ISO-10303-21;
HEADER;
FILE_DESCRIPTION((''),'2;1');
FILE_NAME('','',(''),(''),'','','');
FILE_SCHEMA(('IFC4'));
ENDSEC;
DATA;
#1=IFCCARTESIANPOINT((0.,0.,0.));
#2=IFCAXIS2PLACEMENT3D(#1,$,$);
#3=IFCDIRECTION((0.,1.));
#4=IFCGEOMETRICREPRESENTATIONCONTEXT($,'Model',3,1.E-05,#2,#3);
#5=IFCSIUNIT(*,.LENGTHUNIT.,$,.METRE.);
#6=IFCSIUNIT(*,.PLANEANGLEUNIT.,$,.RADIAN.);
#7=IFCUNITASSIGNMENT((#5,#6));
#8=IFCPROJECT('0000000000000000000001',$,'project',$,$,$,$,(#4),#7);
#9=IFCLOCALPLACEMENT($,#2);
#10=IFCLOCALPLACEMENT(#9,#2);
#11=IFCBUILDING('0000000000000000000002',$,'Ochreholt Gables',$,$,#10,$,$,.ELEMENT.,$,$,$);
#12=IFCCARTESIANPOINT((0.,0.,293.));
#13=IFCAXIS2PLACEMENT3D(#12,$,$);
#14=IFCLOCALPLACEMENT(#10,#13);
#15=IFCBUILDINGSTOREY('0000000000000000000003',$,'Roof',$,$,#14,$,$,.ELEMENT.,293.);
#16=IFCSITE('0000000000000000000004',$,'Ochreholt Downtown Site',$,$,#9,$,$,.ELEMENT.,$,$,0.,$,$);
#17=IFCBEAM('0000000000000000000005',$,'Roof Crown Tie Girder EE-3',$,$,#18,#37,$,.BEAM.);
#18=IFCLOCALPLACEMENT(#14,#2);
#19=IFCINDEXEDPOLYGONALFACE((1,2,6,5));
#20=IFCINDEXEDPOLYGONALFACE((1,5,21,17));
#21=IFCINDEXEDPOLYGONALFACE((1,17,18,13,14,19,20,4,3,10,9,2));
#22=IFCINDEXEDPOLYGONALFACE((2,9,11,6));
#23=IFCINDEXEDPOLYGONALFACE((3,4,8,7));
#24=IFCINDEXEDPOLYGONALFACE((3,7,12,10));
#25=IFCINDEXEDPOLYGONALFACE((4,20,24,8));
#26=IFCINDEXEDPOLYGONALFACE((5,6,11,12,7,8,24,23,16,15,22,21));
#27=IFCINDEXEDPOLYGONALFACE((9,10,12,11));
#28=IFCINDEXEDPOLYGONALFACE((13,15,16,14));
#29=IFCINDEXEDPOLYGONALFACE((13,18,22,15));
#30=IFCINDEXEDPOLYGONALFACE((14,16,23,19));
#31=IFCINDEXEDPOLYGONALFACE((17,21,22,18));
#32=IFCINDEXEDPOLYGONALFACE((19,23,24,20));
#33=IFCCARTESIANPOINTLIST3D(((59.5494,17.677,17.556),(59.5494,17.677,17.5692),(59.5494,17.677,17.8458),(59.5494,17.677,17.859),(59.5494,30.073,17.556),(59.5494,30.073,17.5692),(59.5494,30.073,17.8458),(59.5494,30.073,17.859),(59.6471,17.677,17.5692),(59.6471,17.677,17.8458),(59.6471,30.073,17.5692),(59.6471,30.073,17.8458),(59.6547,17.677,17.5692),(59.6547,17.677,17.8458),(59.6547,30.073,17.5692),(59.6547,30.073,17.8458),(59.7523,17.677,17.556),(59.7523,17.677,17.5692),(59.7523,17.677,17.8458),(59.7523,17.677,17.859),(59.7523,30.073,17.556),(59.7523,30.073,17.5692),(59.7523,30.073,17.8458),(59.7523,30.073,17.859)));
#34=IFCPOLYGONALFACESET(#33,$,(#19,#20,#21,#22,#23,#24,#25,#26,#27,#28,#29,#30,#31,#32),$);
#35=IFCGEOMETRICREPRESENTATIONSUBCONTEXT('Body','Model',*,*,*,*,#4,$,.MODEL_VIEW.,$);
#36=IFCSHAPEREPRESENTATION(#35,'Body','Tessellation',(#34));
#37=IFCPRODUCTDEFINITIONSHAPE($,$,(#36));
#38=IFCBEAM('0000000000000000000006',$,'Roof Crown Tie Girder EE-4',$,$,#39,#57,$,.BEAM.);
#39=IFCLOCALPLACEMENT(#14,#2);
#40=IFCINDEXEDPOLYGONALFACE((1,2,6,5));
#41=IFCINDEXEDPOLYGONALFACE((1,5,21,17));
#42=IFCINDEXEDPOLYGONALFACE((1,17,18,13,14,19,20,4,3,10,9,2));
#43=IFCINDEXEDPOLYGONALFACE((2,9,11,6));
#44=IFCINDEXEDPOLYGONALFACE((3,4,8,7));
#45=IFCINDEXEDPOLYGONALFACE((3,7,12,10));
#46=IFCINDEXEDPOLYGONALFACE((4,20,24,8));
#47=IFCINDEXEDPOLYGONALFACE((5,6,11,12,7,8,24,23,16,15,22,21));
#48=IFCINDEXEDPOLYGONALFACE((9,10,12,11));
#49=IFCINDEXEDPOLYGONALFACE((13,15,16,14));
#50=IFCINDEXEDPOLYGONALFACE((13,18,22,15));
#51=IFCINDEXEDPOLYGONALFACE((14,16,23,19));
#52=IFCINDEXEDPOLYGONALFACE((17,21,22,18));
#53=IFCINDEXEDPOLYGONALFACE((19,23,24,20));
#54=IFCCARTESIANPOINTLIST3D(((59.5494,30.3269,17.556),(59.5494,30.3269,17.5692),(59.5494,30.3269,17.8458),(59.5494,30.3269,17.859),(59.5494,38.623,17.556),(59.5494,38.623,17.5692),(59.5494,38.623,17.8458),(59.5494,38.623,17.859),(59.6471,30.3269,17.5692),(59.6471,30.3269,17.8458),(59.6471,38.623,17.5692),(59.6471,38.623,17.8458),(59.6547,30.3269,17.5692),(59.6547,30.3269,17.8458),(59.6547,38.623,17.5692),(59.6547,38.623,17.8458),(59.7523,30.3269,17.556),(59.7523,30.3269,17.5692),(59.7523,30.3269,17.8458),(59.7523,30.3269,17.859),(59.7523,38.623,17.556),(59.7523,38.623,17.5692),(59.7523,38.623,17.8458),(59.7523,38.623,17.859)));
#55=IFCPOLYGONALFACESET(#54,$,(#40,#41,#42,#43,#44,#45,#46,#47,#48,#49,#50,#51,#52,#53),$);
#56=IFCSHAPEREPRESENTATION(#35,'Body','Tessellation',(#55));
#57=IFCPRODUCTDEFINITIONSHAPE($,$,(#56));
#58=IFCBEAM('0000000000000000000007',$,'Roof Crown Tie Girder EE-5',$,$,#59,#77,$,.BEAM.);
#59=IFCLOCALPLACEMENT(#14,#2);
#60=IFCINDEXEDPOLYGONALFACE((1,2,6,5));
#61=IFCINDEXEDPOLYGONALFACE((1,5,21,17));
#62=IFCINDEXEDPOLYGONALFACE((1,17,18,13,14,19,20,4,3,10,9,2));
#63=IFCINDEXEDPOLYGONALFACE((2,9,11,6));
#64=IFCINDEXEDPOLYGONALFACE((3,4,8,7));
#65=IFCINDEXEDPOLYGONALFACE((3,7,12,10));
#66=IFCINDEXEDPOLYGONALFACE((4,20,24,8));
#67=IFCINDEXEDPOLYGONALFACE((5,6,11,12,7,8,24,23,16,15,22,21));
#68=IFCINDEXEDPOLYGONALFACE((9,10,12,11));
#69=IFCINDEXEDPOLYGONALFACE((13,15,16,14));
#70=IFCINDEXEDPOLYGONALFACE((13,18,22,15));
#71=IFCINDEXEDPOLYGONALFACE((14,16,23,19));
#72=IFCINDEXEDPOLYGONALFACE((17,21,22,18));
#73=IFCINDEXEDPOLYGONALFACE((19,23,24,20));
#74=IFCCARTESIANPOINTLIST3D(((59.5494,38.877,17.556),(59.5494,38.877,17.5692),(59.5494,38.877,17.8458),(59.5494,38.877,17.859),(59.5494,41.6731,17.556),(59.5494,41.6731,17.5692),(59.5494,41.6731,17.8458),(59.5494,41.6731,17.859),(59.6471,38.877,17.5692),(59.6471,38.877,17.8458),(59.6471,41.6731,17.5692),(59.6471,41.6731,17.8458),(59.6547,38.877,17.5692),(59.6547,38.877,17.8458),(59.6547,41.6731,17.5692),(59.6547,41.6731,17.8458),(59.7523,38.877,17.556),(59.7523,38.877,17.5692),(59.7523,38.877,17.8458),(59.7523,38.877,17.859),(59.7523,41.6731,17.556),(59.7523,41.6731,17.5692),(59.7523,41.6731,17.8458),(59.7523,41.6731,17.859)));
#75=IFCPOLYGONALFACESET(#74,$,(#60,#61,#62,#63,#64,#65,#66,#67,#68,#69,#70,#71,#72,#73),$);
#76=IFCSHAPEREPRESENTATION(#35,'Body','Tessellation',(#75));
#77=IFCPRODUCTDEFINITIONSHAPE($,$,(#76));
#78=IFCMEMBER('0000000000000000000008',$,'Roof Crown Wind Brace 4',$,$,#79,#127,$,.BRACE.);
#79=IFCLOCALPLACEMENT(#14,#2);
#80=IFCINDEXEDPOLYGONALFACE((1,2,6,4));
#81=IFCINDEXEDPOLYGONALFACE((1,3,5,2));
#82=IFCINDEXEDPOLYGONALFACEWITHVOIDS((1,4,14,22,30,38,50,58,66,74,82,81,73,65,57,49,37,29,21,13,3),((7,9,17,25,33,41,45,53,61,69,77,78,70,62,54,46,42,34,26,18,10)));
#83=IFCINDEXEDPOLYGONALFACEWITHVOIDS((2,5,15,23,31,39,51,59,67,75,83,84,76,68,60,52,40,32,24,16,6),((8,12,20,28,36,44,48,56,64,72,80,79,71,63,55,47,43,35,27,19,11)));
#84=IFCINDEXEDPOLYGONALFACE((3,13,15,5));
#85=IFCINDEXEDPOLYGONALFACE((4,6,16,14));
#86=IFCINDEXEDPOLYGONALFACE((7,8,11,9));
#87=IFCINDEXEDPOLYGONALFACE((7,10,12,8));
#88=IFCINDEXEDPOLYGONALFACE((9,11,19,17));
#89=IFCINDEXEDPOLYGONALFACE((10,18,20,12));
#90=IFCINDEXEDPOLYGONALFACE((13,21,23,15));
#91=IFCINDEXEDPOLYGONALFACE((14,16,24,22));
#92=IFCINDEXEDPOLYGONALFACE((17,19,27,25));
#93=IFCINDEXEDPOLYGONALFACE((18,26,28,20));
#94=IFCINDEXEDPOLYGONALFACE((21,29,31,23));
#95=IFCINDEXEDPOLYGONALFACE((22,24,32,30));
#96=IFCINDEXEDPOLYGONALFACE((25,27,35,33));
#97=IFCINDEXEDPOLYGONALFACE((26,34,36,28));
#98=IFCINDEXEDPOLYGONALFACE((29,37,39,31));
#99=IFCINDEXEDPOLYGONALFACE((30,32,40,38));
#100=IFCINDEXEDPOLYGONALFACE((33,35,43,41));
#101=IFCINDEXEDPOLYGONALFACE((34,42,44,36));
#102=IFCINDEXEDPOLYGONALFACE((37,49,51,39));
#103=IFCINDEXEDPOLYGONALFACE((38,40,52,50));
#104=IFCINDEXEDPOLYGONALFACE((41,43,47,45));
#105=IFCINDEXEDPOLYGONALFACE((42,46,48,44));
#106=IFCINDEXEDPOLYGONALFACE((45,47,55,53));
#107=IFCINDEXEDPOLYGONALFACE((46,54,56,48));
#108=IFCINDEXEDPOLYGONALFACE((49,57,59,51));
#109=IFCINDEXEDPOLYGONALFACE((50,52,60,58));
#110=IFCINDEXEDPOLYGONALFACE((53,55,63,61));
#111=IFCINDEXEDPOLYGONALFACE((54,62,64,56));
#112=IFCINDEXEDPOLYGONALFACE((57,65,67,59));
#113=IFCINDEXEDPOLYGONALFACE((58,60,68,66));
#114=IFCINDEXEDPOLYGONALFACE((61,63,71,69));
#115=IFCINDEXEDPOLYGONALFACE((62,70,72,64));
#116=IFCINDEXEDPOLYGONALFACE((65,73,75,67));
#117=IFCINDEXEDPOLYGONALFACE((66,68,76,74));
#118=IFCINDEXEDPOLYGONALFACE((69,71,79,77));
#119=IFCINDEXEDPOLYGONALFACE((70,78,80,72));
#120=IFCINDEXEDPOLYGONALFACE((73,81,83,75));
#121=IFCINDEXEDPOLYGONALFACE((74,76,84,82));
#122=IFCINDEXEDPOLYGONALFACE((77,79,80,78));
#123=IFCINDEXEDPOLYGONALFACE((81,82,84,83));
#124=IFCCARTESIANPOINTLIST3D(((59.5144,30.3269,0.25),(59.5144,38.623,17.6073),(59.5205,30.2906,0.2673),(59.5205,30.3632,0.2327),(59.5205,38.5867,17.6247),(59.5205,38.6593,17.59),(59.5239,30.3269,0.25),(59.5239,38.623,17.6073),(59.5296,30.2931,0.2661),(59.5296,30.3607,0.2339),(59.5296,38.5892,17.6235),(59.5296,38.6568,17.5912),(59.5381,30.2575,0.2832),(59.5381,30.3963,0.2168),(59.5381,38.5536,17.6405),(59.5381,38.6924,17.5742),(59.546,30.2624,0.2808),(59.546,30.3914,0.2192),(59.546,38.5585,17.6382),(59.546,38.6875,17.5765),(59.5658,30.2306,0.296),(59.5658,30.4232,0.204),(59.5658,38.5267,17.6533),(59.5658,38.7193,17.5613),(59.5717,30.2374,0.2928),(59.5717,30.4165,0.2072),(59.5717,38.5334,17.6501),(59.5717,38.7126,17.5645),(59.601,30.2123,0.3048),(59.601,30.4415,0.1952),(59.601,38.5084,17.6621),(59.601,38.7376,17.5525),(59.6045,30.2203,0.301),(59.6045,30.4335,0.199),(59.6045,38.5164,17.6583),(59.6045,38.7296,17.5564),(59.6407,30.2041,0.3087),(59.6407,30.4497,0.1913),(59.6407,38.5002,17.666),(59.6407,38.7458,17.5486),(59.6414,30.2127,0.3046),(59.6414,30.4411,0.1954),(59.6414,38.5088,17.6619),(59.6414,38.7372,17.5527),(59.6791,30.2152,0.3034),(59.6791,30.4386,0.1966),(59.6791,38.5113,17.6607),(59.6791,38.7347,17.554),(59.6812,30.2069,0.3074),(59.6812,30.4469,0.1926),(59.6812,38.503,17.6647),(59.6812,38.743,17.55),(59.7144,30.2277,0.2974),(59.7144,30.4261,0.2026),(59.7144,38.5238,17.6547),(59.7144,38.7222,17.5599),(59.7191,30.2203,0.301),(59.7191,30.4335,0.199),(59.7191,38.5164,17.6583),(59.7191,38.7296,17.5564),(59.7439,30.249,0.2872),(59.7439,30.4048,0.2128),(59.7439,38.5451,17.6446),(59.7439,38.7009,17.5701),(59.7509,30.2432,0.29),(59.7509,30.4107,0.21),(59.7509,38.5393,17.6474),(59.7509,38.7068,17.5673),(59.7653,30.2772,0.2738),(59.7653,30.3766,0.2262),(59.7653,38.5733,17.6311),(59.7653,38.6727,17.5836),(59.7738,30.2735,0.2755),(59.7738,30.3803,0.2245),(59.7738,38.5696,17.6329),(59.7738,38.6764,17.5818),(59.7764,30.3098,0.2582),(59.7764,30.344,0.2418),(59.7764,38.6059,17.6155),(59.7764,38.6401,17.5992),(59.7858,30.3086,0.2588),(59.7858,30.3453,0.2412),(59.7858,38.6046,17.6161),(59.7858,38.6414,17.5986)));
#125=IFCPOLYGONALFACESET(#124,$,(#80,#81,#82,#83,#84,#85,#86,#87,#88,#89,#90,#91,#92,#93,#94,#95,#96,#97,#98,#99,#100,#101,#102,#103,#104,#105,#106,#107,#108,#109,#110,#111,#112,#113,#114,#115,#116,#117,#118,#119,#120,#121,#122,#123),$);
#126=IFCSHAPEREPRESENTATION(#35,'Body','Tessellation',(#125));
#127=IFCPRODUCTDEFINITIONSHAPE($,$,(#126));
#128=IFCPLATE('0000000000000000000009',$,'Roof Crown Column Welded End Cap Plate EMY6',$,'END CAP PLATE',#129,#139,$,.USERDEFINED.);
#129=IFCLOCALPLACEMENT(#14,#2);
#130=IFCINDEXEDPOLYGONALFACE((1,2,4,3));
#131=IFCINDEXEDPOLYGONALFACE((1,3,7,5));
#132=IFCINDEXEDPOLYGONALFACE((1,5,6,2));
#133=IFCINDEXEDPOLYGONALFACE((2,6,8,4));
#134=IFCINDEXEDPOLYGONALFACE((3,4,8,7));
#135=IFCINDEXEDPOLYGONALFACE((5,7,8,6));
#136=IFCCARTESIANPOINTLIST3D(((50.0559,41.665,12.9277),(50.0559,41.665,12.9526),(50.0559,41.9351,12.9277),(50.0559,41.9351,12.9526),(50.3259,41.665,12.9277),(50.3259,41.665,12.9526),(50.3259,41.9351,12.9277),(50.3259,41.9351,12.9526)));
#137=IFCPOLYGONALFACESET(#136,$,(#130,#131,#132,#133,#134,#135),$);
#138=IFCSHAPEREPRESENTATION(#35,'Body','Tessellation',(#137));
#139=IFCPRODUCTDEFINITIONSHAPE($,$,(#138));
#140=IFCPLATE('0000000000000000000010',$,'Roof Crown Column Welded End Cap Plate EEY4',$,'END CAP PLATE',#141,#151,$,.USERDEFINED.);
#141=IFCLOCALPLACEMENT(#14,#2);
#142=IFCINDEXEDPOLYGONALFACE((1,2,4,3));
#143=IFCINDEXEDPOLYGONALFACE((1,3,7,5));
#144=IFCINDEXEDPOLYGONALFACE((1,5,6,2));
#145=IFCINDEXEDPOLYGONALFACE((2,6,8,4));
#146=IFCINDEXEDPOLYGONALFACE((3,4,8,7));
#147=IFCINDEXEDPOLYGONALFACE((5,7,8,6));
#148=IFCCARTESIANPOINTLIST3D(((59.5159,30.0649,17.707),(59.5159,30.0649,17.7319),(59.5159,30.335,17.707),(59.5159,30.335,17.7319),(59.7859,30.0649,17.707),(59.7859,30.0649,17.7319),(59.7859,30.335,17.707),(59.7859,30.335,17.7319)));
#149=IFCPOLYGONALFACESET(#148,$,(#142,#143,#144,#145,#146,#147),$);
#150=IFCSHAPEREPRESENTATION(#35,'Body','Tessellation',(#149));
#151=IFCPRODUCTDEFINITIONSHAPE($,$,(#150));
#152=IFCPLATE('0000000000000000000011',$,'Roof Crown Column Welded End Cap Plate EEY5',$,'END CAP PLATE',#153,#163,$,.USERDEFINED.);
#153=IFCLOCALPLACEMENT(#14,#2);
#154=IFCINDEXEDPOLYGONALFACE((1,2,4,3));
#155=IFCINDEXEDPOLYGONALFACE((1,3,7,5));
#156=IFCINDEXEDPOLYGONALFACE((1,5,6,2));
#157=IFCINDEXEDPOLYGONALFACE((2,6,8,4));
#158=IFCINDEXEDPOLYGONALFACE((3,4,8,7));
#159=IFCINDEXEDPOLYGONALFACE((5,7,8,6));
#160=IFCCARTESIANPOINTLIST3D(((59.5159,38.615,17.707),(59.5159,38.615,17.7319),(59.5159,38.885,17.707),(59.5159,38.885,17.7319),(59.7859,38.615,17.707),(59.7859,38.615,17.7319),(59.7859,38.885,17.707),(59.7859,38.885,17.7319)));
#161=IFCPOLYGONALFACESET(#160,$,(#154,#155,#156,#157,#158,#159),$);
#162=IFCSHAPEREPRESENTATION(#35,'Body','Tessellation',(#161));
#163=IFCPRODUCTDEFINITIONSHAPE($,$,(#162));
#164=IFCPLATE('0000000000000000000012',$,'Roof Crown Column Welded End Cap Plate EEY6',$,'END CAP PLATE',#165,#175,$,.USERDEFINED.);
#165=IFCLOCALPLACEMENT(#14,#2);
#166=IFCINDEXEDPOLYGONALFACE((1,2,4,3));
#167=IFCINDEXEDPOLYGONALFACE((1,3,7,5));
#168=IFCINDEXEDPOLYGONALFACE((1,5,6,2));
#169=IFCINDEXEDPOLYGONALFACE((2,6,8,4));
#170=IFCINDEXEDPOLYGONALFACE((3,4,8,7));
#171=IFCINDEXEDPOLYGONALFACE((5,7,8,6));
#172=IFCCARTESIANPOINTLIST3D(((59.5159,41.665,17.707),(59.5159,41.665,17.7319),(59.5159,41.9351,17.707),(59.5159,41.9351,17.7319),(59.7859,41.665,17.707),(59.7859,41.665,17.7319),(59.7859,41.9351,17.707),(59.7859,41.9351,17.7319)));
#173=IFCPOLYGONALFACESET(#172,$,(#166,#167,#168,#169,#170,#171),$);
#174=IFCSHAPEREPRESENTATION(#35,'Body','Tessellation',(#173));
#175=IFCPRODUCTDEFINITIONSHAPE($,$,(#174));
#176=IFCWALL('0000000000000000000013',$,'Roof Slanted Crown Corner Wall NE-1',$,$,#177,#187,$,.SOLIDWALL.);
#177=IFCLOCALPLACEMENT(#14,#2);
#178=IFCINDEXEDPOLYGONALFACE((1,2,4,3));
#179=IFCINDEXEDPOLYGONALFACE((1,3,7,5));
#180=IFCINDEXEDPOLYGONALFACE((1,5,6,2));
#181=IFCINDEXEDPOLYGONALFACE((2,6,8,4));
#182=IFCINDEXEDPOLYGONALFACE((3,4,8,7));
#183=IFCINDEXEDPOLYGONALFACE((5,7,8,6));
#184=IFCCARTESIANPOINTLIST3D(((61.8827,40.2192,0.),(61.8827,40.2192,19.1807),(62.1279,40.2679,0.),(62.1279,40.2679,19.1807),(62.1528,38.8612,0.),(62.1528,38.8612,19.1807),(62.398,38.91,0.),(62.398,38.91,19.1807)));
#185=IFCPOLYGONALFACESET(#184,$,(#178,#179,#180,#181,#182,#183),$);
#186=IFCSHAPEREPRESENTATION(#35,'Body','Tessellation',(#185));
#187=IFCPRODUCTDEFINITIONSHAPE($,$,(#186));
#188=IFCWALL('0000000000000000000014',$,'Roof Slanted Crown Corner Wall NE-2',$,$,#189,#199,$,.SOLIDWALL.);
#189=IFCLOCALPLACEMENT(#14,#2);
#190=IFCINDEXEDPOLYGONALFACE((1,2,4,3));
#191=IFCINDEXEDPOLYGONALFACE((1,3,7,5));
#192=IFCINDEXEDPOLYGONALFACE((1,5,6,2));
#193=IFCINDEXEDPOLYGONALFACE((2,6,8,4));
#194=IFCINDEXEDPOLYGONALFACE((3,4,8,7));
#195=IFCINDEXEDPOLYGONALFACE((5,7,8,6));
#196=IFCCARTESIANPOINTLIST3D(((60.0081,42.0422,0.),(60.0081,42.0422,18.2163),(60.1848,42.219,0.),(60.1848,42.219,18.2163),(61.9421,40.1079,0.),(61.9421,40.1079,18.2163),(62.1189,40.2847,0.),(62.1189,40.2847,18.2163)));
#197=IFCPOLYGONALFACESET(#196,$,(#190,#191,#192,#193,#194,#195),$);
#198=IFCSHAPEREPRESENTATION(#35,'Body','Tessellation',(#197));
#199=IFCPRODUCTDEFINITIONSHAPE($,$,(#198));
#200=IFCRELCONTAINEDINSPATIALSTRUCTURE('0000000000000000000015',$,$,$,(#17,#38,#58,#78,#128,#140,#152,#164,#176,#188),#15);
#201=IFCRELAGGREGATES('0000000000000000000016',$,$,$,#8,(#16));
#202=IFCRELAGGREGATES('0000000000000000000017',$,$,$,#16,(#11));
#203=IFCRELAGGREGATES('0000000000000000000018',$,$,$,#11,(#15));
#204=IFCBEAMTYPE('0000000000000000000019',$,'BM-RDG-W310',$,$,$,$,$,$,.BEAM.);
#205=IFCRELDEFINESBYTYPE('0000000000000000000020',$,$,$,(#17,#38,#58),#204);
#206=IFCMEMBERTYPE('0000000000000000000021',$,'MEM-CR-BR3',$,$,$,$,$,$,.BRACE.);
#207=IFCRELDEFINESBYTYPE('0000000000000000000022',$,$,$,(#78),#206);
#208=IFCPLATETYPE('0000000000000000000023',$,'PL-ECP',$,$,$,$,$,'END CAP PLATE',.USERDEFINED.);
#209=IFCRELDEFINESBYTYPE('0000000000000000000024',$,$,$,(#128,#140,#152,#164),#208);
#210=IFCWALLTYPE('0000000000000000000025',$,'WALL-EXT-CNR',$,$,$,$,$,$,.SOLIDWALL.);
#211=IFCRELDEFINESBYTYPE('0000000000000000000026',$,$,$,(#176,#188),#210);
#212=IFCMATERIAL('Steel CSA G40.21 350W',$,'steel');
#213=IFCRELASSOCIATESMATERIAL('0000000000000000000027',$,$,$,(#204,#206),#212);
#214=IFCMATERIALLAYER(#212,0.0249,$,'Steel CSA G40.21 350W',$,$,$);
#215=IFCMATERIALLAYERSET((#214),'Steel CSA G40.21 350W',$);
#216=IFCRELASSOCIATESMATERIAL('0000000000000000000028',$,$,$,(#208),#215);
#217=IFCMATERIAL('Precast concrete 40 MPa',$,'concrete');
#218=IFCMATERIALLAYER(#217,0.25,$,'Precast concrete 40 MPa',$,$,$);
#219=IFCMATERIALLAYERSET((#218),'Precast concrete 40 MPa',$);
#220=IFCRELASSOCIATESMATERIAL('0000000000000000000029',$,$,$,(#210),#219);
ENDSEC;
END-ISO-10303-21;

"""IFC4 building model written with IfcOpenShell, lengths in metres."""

from ifc_helpers import new_model, si_unit, direction, frame, frame_2d, origin, origin_2d, place, context, subcontext, project, spatial, rectangle, hollow_circle, i_section, extrude, material, layer, layer_set, material_profile, profile_set, type_object, element, save


model = new_model("IFC4")

# Units and contexts
model_context = context("Model", 3, precision=1e-05, world=origin(), true_north=direction((0.0, 1.0)))
body_context = subcontext(model_context, "Body", "Model", "MODEL_VIEW")
ifc_project = project(units=[si_unit("LENGTHUNIT", "METRE"), si_unit("PLANEANGLEUNIT", "RADIAN")], contexts=[model_context])

# Site, building, storey
site_placement = place(None, origin())
site = spatial("IfcSite", under=ifc_project, at=site_placement, Name="Ochreholt Downtown Site", CompositionType="ELEMENT", RefElevation=0.0)
building_placement = place(site_placement, origin())
building = spatial("IfcBuilding", under=site, at=building_placement, Name="Ochreholt Gables", CompositionType="ELEMENT")
storey_placement = place(building_placement, frame((0.0, 0.0, 293.0)))
storey = spatial("IfcBuildingStorey", under=building, at=storey_placement, Name="Roof", CompositionType="ELEMENT", Elevation=293.0)

# Shared definitions
ifc_material_1 = material(Name="Steel CSA G40.21 350W", Category="steel")

# Beams
ifc_material_profile_1 = material_profile(ifc_material_1, i_section(OverallWidth=0.2029, OverallDepth=0.303, WebThickness=0.0076, FlangeThickness=0.0132, at=origin_2d()), Name="W310X60")
ifc_profile_set_1 = profile_set([ifc_material_profile_1], Name="Steel CSA G40.21 350W")
beam_type_1 = type_object("IfcBeamType", Name="BM-RDG-W310", PredefinedType="BEAM", material=ifc_profile_set_1)
beam_1_placement = place(storey_placement, frame((59.6509, 17.677, 17.7075), z_axis=(0.0, 1.0, 0.0), x_axis=(-1.0, 0.0, 0.0)))
element("IfcBeam", 1, at=beam_1_placement, inside=storey, type_object=beam_type_1, Name="Roof Crown Tie Girder EE-3", PredefinedType="BEAM", context=body_context, shape_type="SweptSolid", body=[
    extrude(i_section(OverallWidth=0.2029, OverallDepth=0.303, WebThickness=0.0076, FlangeThickness=0.0132, at=origin_2d()), origin(), (0.0, 0.0, 1.0), 12.396),
])
beam_2_placement = place(storey_placement, frame((59.6509, 30.3269, 17.7075), z_axis=(0.0, 1.0, 0.0), x_axis=(-1.0, 0.0, 0.0)))
element("IfcBeam", 2, at=beam_2_placement, inside=storey, type_object=beam_type_1, Name="Roof Crown Tie Girder EE-4", PredefinedType="BEAM", context=body_context, shape_type="SweptSolid", body=[
    extrude(i_section(OverallWidth=0.2029, OverallDepth=0.303, WebThickness=0.0076, FlangeThickness=0.0132, at=origin_2d()), origin(), (0.0, 0.0, 1.0), 8.2961),
])
beam_3_placement = place(storey_placement, frame((59.6509, 38.877, 17.7075), z_axis=(0.0, 1.0, 0.0), x_axis=(-1.0, 0.0, 0.0)))
element("IfcBeam", 3, at=beam_3_placement, inside=storey, type_object=beam_type_1, Name="Roof Crown Tie Girder EE-5", PredefinedType="BEAM", context=body_context, shape_type="SweptSolid", body=[
    extrude(i_section(OverallWidth=0.2029, OverallDepth=0.303, WebThickness=0.0076, FlangeThickness=0.0132, at=origin_2d()), origin(), (0.0, 0.0, 1.0), 2.7961),
])

# Member
ifc_material_profile_2 = material_profile(ifc_material_1, hollow_circle(Radius=0.1365, WallThickness=0.0095, at=origin_2d()), Name="CHS273X10")
ifc_profile_set_2 = profile_set([ifc_material_profile_2], Name="Steel CSA G40.21 350W")
member_type = type_object("IfcMemberType", Name="MEM-CR-BR3", PredefinedType="BRACE", material=ifc_profile_set_2)
member_placement = place(storey_placement, frame((59.6509, 30.3269, 0.25), z_axis=(0.0, 0.431234, 0.90224), x_axis=(-1.0, 0.0, 0.0)))
element("IfcMember", 4, at=member_placement, inside=storey, type_object=member_type, Name="Roof Crown Wind Brace 4", PredefinedType="BRACE", context=body_context, shape_type="SweptSolid", body=[
    extrude(hollow_circle(Radius=0.1365, WallThickness=0.0095, at=origin_2d()), origin(), (0.0, 0.0, 1.0), 19.238),
])

# Plates
ifc_layer_1 = layer(ifc_material_1, 0.0249, Name="Steel CSA G40.21 350W")
ifc_layer_set_1 = layer_set([ifc_layer_1], Name="Steel CSA G40.21 350W")
plate_type = type_object("IfcPlateType", Name="PL-ECP", ElementType="END CAP PLATE", PredefinedType="USERDEFINED", material=ifc_layer_set_1)
for number, where, z_axis, x_axis, name in (
    (5, (50.1909, 41.8, 12.9277), (0.0, 0.0, 1.0), (1.0, 0.0, 0.0), "Roof Crown Column Welded End Cap Plate EMY6"),
    (6, (59.6509, 30.2, 17.707), (0.0, 0.0, 1.0), (1.0, 0.0, 0.0), "Roof Crown Column Welded End Cap Plate EEY4"),
    (7, (59.6509, 38.75, 17.707), (0.0, 0.0, 1.0), (1.0, 0.0, 0.0), "Roof Crown Column Welded End Cap Plate EEY5"),
    (8, (59.6509, 41.8, 17.707), (0.0, 0.0, 1.0), (1.0, 0.0, 0.0), "Roof Crown Column Welded End Cap Plate EEY6"),
):
    element("IfcPlate", number, at=place(storey_placement, frame(where, z_axis=z_axis, x_axis=x_axis)), inside=storey, type_object=plate_type, Name=name, ObjectType="END CAP PLATE", PredefinedType="USERDEFINED", context=body_context, shape_type="SweptSolid", body=[
        extrude(rectangle(XDim=0.27, YDim=0.27, at=origin_2d()), origin(), (0.0, 0.0, 1.0), 0.0249),
    ])

# Walls
ifc_material_2 = material(Name="Precast concrete 40 MPa", Category="concrete")
ifc_layer_2 = layer(ifc_material_2, 0.25, Name="Precast concrete 40 MPa")
ifc_layer_set_2 = layer_set([ifc_layer_2], Name="Precast concrete 40 MPa")
wall_type = type_object("IfcWallType", Name="WALL-EXT-CNR", PredefinedType="SOLIDWALL", material=ifc_layer_set_2)
wall_1_placement = place(storey_placement, frame((62.2754, 38.8855, 0.0), z_axis=(0.0, 0.0, 1.0), x_axis=(-0.195031, 0.980797, 0.0)))
element("IfcWall", 9, at=wall_1_placement, inside=storey, type_object=wall_type, Name="Roof Slanted Crown Corner Wall NE-1", PredefinedType="SOLIDWALL", context=body_context, shape_type="SweptSolid", body=[
    extrude(rectangle(XDim=1.3845, YDim=0.25, at=frame_2d((0.6924, 0.0))), origin(), (0.0, 0.0, 1.0), 19.1807),
])
wall_2_placement = place(storey_placement, frame((62.0305, 40.1963, 0.0), z_axis=(0.0, 0.0, 1.0), x_axis=(-0.707062, 0.707151, 0.0)))
element("IfcWall", 10, at=wall_2_placement, inside=storey, type_object=wall_type, Name="Roof Slanted Crown Corner Wall NE-2", PredefinedType="SOLIDWALL", context=body_context, shape_type="SweptSolid", body=[
    extrude(rectangle(XDim=2.7354, YDim=0.25, at=frame_2d((1.3677, 0.0))), origin(), (0.0, 0.0, 1.0), 18.2163),
])

save(model, "model.ifc")
